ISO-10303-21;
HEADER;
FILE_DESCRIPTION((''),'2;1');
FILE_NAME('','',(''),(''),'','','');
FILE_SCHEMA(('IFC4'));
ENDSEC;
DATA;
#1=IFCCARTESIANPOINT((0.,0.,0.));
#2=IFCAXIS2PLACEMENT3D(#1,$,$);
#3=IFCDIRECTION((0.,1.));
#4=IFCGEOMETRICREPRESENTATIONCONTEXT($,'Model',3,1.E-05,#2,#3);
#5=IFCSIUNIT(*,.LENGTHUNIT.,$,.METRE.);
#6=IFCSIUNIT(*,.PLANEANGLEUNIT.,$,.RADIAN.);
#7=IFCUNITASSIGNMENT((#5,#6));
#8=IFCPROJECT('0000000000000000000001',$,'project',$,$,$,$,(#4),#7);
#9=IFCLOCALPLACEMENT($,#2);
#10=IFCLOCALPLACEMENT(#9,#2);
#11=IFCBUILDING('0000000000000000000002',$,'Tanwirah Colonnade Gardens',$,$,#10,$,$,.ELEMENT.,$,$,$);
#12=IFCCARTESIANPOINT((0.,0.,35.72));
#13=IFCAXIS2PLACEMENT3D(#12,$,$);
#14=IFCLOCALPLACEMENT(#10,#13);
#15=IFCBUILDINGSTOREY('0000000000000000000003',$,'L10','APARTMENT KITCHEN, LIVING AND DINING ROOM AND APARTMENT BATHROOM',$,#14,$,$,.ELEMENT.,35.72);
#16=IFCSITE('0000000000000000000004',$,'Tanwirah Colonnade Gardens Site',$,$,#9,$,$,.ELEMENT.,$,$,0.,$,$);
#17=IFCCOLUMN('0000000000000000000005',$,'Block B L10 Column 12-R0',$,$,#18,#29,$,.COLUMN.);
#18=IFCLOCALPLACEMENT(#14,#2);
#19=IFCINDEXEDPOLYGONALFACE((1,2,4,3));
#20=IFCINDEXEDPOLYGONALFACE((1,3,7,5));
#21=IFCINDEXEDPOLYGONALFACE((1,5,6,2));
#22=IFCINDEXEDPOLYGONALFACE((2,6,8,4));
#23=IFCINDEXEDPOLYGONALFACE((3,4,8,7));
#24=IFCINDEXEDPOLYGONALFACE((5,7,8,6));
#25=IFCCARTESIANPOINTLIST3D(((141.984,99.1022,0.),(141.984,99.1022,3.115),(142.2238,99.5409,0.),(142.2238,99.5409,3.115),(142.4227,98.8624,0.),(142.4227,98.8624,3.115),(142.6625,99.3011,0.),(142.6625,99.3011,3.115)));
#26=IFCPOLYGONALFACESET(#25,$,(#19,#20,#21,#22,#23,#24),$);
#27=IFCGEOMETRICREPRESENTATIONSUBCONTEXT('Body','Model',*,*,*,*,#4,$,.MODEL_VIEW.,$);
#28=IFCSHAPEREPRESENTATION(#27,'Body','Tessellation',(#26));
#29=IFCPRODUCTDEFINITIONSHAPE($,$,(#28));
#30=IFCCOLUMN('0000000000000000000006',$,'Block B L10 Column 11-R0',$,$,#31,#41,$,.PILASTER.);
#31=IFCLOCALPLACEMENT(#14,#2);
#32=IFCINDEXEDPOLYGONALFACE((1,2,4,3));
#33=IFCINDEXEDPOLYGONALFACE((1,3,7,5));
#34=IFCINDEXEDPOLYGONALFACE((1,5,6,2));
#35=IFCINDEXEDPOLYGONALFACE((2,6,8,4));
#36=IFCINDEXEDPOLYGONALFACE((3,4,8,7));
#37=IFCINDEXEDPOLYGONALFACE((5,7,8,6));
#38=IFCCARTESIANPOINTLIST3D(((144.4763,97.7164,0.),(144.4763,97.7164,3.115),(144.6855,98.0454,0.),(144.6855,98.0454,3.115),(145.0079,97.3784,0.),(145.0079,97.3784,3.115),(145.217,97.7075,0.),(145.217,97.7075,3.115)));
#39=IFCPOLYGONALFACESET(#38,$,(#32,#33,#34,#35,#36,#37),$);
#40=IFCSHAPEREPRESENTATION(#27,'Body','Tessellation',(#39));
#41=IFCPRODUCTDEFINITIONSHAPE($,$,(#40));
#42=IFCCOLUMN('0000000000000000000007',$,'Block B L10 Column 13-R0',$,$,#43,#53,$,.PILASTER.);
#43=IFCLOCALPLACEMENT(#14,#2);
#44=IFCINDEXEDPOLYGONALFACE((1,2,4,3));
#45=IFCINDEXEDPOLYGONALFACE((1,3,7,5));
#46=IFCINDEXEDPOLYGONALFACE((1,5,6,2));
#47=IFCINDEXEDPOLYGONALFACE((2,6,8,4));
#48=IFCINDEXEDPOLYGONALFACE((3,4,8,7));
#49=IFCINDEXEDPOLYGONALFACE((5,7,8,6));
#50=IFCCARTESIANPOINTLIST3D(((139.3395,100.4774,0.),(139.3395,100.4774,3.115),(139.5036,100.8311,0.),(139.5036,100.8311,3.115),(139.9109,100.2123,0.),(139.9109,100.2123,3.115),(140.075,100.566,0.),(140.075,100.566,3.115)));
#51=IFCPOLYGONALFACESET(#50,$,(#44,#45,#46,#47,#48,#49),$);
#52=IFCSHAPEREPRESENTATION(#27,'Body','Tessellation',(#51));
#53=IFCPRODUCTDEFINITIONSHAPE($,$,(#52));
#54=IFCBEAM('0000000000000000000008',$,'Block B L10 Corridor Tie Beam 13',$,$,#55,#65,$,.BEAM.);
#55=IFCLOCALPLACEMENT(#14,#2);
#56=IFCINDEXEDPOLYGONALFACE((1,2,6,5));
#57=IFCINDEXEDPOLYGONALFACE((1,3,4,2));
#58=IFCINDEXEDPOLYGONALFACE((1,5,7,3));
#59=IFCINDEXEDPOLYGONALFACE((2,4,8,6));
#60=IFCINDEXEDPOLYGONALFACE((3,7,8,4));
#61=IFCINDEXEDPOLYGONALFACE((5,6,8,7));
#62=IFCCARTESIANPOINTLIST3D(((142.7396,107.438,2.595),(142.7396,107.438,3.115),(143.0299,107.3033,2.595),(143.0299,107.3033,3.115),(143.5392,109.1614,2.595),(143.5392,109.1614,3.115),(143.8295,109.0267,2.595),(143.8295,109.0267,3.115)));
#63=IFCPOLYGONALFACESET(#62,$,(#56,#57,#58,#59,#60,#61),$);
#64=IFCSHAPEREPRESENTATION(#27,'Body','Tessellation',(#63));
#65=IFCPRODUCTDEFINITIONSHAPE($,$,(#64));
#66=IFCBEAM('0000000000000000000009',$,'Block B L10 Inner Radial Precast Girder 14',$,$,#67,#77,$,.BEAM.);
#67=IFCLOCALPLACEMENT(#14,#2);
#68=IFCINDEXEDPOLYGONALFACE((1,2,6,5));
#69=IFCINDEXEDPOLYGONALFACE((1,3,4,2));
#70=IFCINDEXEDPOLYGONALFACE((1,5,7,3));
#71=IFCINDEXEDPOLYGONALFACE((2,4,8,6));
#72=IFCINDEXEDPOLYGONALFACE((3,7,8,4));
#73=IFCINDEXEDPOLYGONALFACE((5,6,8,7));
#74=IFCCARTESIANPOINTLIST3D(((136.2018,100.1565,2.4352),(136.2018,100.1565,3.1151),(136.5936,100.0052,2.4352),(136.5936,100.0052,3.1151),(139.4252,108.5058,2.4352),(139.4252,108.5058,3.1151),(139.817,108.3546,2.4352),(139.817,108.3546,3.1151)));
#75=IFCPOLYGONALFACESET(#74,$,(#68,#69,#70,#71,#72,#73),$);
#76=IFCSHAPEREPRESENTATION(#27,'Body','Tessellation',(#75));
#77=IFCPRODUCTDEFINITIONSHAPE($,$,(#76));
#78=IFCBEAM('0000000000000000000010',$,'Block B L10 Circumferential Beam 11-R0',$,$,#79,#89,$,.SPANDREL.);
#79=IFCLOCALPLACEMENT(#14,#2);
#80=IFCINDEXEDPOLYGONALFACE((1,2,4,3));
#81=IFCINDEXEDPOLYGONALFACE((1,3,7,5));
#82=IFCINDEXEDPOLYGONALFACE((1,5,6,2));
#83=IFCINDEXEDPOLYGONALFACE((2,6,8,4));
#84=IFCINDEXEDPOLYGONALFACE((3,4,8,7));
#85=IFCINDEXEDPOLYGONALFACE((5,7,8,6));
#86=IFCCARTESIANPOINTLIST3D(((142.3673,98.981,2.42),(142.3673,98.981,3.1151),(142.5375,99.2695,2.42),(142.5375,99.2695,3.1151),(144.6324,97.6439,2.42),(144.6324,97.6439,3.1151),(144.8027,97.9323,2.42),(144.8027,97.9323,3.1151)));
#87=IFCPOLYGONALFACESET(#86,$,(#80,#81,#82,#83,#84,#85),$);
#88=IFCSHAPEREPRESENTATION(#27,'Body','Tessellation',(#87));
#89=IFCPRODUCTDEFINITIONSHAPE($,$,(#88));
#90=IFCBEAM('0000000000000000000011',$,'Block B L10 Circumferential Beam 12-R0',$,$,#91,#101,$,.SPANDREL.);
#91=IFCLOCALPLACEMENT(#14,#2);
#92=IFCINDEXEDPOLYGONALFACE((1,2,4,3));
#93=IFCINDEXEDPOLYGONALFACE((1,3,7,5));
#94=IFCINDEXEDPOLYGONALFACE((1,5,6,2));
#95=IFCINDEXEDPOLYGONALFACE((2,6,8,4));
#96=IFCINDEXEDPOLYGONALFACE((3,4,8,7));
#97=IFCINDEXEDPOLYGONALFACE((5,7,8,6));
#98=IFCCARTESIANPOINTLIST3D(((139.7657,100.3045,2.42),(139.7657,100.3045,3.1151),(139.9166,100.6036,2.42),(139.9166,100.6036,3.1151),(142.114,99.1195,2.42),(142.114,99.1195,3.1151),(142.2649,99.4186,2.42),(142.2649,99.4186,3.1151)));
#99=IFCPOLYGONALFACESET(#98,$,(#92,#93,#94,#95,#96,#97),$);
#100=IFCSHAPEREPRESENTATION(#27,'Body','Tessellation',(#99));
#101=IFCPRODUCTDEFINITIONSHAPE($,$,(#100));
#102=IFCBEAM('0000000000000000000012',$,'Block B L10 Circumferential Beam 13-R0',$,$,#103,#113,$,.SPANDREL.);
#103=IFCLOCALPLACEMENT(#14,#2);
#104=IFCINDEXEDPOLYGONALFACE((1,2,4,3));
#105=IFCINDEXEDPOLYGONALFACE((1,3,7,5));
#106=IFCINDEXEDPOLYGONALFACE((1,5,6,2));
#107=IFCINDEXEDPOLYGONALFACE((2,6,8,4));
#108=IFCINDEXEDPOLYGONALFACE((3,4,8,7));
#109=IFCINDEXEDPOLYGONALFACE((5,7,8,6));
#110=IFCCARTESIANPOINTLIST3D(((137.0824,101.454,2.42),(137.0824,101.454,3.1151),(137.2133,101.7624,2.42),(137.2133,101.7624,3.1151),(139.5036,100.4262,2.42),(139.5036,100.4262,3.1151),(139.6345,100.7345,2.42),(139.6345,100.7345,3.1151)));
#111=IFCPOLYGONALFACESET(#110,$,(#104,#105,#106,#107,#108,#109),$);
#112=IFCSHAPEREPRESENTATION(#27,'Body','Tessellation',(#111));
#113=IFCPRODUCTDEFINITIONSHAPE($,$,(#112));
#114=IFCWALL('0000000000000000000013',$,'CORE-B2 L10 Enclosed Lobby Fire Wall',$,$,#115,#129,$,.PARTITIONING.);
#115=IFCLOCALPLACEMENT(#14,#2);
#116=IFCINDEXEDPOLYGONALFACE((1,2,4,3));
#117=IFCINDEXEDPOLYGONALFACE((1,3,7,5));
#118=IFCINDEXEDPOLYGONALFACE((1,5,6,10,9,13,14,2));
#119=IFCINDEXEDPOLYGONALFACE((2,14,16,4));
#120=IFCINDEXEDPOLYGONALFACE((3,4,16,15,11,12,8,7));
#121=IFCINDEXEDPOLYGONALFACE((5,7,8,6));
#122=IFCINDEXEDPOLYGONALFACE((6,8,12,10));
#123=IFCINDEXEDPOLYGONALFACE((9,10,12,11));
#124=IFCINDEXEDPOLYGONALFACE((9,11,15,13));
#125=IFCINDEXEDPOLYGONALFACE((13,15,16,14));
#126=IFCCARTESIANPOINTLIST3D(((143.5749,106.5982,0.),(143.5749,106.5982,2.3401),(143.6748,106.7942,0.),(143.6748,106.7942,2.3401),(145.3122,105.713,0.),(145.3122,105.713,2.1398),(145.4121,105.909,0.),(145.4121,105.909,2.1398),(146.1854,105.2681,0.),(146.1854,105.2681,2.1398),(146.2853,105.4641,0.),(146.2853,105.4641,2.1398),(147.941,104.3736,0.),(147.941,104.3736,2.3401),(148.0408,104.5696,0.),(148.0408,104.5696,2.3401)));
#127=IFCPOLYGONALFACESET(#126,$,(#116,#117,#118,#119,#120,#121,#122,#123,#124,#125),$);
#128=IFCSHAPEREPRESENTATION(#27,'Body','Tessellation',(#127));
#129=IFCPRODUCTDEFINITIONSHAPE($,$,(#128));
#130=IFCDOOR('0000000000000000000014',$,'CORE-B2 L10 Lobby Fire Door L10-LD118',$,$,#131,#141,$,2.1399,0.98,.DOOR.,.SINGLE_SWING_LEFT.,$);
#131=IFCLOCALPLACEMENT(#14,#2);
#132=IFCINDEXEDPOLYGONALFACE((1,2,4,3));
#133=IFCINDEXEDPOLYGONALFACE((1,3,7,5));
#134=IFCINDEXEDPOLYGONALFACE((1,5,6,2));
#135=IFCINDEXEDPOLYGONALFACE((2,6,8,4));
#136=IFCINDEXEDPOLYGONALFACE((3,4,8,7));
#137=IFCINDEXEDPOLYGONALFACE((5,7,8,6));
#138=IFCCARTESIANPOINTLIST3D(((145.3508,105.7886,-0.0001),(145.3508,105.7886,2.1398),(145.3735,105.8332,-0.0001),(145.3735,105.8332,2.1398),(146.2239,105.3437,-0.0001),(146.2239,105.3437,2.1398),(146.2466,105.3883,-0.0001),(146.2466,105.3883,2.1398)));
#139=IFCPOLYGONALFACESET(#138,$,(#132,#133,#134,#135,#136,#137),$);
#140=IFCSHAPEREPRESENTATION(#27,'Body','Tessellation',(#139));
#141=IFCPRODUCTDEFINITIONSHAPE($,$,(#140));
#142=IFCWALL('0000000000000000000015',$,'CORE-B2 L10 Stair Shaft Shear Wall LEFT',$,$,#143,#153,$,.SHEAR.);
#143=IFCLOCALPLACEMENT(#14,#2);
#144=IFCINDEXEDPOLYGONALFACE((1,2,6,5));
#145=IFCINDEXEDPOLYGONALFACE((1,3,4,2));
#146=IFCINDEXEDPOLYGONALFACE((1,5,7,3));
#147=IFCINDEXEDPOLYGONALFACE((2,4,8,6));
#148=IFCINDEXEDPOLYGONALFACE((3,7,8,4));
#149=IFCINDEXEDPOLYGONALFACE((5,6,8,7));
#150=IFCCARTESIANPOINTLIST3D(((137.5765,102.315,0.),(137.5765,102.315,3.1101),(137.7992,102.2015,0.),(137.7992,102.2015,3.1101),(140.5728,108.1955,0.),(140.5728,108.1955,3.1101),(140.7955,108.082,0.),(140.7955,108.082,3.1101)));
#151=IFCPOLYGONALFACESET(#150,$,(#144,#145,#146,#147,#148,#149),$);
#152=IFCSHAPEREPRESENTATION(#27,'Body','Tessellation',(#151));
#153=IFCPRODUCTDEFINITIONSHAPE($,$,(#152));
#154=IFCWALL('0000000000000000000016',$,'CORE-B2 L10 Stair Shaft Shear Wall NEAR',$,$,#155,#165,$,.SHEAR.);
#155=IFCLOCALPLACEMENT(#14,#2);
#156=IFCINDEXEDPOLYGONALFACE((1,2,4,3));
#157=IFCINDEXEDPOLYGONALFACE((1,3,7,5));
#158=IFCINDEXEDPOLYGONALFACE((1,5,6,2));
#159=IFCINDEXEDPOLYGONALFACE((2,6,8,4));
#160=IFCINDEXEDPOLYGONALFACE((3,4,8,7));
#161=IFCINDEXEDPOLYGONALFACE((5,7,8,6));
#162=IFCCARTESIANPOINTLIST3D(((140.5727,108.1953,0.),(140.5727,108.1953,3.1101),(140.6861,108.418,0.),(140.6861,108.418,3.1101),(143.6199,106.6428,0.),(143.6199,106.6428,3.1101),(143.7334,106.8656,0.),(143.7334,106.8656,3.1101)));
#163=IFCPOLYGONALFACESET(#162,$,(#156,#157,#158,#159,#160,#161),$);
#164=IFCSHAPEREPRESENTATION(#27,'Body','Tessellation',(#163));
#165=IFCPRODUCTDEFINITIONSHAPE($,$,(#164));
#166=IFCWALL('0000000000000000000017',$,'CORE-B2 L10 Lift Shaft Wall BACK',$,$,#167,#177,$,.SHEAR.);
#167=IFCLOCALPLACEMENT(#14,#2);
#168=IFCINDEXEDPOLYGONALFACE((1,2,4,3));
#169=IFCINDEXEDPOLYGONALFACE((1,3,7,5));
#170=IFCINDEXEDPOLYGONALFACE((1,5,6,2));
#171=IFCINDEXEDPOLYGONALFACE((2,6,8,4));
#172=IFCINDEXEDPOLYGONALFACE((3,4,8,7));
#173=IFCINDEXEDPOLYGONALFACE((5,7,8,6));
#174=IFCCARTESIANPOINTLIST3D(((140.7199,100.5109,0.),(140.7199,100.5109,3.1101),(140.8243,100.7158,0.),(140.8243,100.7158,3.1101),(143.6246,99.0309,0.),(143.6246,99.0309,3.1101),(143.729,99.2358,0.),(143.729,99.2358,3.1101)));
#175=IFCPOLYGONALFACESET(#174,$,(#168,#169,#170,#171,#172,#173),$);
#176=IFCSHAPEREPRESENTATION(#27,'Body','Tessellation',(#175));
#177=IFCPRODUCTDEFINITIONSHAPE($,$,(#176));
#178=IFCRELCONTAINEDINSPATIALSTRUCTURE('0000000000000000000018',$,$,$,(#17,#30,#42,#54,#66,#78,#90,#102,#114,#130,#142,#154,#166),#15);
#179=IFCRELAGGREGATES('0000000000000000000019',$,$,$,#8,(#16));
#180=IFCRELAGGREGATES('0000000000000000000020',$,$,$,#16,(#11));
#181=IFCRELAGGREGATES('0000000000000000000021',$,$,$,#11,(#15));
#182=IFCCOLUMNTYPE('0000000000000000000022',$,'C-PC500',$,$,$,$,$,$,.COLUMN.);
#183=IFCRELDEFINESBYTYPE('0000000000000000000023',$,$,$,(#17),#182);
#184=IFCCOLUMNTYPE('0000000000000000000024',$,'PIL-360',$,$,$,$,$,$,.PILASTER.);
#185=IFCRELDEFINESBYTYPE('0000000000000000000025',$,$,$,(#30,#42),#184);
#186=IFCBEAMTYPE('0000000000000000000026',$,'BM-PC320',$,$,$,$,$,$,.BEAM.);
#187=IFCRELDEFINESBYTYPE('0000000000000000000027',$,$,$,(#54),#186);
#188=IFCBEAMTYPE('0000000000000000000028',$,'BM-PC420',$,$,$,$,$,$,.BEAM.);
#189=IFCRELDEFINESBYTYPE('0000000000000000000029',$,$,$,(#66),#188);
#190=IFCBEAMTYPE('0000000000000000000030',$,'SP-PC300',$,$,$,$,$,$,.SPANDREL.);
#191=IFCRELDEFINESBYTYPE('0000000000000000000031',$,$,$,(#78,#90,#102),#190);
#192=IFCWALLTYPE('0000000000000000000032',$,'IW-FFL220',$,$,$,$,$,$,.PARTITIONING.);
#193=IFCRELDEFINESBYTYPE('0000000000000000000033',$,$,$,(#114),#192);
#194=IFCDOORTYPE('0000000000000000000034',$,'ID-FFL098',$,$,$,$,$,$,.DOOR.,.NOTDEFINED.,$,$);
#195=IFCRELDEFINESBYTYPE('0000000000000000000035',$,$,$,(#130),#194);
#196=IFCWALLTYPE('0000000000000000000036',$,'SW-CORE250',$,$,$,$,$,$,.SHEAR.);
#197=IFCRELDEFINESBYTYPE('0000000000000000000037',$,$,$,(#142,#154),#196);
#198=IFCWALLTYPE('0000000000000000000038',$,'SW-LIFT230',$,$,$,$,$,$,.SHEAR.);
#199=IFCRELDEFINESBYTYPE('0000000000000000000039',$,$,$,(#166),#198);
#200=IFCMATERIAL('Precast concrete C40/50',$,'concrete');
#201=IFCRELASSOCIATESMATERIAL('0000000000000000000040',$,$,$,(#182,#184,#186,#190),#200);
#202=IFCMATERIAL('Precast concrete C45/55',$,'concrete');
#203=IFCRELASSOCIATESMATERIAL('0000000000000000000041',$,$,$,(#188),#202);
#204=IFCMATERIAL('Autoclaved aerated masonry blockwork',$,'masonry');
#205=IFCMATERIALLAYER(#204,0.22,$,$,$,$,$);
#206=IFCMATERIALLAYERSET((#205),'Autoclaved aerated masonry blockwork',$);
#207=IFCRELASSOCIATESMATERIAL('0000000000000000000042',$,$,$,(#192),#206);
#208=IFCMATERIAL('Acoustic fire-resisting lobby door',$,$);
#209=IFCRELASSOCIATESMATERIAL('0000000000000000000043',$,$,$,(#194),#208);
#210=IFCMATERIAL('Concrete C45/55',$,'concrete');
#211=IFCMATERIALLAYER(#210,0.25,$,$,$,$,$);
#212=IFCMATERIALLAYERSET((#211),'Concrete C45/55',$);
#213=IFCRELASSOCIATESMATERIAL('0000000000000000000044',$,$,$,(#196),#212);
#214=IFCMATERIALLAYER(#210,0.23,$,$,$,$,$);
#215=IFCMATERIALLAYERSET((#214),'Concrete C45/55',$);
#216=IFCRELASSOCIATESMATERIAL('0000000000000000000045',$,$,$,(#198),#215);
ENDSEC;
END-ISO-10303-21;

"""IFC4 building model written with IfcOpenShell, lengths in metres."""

from ifc_helpers import new_model, si_unit, direction, frame, frame_2d, origin, origin_2d, place, context, subcontext, project, spatial, rectangle, extrude, material, layer, layer_set, material_profile, profile_set, type_object, element, fill, save


model = new_model("IFC4")

# Units and contexts
model_context = context("Model", 3, precision=1e-05, world=origin(), true_north=direction((0.0, 1.0)))
body_context = subcontext(model_context, "Body", "Model", "MODEL_VIEW")
ifc_project = project(units=[si_unit("LENGTHUNIT", "METRE"), si_unit("PLANEANGLEUNIT", "RADIAN")], contexts=[model_context])

# Site, building, storey
site_placement = place(None, origin())
site = spatial("IfcSite", under=ifc_project, at=site_placement, Name="Tanwirah Colonnade Gardens Site", CompositionType="ELEMENT", RefElevation=0.0)
building_placement = place(site_placement, origin())
building = spatial("IfcBuilding", under=site, at=building_placement, Name="Tanwirah Colonnade Gardens", CompositionType="ELEMENT")
storey_placement = place(building_placement, frame((0.0, 0.0, 35.72)))
storey = spatial("IfcBuildingStorey", under=building, at=storey_placement, Name="L10", Description="APARTMENT KITCHEN, LIVING AND DINING ROOM AND APARTMENT BATHROOM", CompositionType="ELEMENT", Elevation=35.72)

# Columns
ifc_material_1 = material(Name="Precast concrete C40/50", Category="concrete")
ifc_material_profile_1 = material_profile(ifc_material_1, rectangle(XDim=0.5, YDim=0.5, at=origin_2d()), Name="PC-COL 500x500")
ifc_profile_set_1 = profile_set([ifc_material_profile_1], Name="Precast concrete C40/50")
column_type_1 = type_object("IfcColumnType", Name="C-PC500", PredefinedType="COLUMN", material=ifc_profile_set_1)
column_placement = place(storey_placement, frame((142.3232, 99.2017, 0.0), z_axis=(0.0, 0.0, 1.0), x_axis=(0.479713, 0.877425, 0.0)))
element("IfcColumn", 1, at=column_placement, inside=storey, type_object=column_type_1, Name="Block B L10 Column 12-R0", PredefinedType="COLUMN", context=body_context, shape_type="SweptSolid", body=[
    extrude(rectangle(XDim=0.5, YDim=0.5, at=origin_2d()), origin(), (0.0, 0.0, 1.0), 3.115),
])
ifc_material_profile_2 = material_profile(ifc_material_1, rectangle(XDim=0.3899, YDim=0.6299, at=origin_2d()), Name="PC-PIL 390x630")
ifc_profile_set_2 = profile_set([ifc_material_profile_2], Name="Precast concrete C40/50")
column_type_2 = type_object("IfcColumnType", Name="PIL-360", PredefinedType="PILASTER", material=ifc_profile_set_2)
for number, where, z_axis, x_axis, name in (
    (2, (144.8467, 97.7119, 0.0), (0.0, 0.0, 1.0), (0.536482, 0.843912, 0.0), "Block B L10 Column 11-R0"),
    (3, (139.7073, 100.5217, 0.0), (0.0, 0.0, 1.0), (0.42086, 0.907126, 0.0), "Block B L10 Column 13-R0"),
):
    element("IfcColumn", number, at=place(storey_placement, frame(where, z_axis=z_axis, x_axis=x_axis)), inside=storey, type_object=column_type_2, Name=name, PredefinedType="PILASTER", context=body_context, shape_type="SweptSolid", body=[
        extrude(rectangle(XDim=0.3899, YDim=0.6299, at=origin_2d()), origin(), (0.0, 0.0, 1.0), 3.115),
    ])

# Beams
ifc_material_profile_3 = material_profile(ifc_material_1, rectangle(XDim=0.3201, YDim=0.52, at=origin_2d()), Name="PC-BM 320x520")
ifc_profile_set_3 = profile_set([ifc_material_profile_3], Name="Precast concrete C40/50")
beam_type_1 = type_object("IfcBeamType", Name="BM-PC320", PredefinedType="BEAM", material=ifc_profile_set_3)
beam_1_placement = place(storey_placement, frame((142.8848, 107.3706, 2.855), z_axis=(0.420858, 0.907126, 0.0), x_axis=(-0.907126, 0.420858, 0.0)))
element("IfcBeam", 4, at=beam_1_placement, inside=storey, type_object=beam_type_1, Name="Block B L10 Corridor Tie Beam 13", PredefinedType="BEAM", context=body_context, shape_type="SweptSolid", body=[
    extrude(rectangle(XDim=0.3201, YDim=0.52, at=origin_2d()), origin(), (0.0, 0.0, 1.0), 1.8999),
])
ifc_material_2 = material(Name="Precast concrete C45/55", Category="concrete")
ifc_material_profile_4 = material_profile(ifc_material_2, rectangle(XDim=0.4199, YDim=0.6799, at=origin_2d()), Name="PC-BM 420x680")
ifc_profile_set_4 = profile_set([ifc_material_profile_4], Name="Precast concrete C45/55")
beam_type_2 = type_object("IfcBeamType", Name="BM-PC420", PredefinedType="BEAM", material=ifc_profile_set_4)
beam_2_placement = place(storey_placement, frame((139.6211, 108.4302, 2.7751), z_axis=(-0.360156, -0.932892, 0.0), x_axis=(0.932892, -0.360156, 0.0)))
element("IfcBeam", 5, at=beam_2_placement, inside=storey, type_object=beam_type_2, Name="Block B L10 Inner Radial Precast Girder 14", PredefinedType="BEAM", context=body_context, shape_type="SweptSolid", body=[
    extrude(rectangle(XDim=0.4199, YDim=0.6799, at=origin_2d()), origin(), (0.0, 0.0, 1.0), 8.95),
])
ifc_material_profile_5 = material_profile(ifc_material_1, rectangle(XDim=0.335, YDim=0.6951, at=origin_2d()), Name="PC-SP 335x695")
ifc_profile_set_5 = profile_set([ifc_material_profile_5], Name="Precast concrete C40/50")
beam_type_3 = type_object("IfcBeamType", Name="SP-PC300", PredefinedType="SPANDREL", material=ifc_profile_set_5)
for number, where, z_axis, x_axis, name in (
    (6, (144.7175, 97.7881, 2.7676), (-0.861148, 0.508354, 0.0), (-0.508354, -0.861148, 0.0), "Block B L10 Circumferential Beam 11-R0"),
    (7, (142.1895, 99.269, 2.7676), (-0.892769, 0.450515, 0.0), (-0.450515, -0.892769, 0.0), "Block B L10 Circumferential Beam 12-R0"),
    (8, (139.5691, 100.5803, 2.7676), (-0.920489, 0.390769, 0.0), (-0.390769, -0.920489, 0.0), "Block B L10 Circumferential Beam 13-R0"),
):
    element("IfcBeam", number, at=place(storey_placement, frame(where, z_axis=z_axis, x_axis=x_axis)), inside=storey, type_object=beam_type_3, Name=name, PredefinedType="SPANDREL", context=body_context, shape_type="SweptSolid", body=[
        extrude(rectangle(XDim=0.335, YDim=0.6951, at=origin_2d()), origin(), (0.0, 0.0, 1.0), 2.6304),
    ])

# Wall, opening, door
ifc_material_3 = material(Name="Autoclaved aerated masonry blockwork", Category="masonry")
ifc_layer_1 = layer(ifc_material_3, 0.22)
ifc_layer_set_1 = layer_set([ifc_layer_1], Name="Autoclaved aerated masonry blockwork")
wall_type_1 = type_object("IfcWallType", Name="IW-FFL220", PredefinedType="PARTITIONING", material=ifc_layer_set_1)
wall_1_placement = place(storey_placement, frame((143.6248, 106.6963, 0.0), z_axis=(0.0, 0.0, 1.0), x_axis=(0.891003, -0.453997, 0.0)))
wall_1 = element("IfcWall", 9, at=wall_1_placement, inside=storey, type_object=wall_type_1, Name="CORE-B2 L10 Enclosed Lobby Fire Wall", PredefinedType="PARTITIONING", context=body_context, shape_type="SweptSolid", body=[
    extrude(rectangle(XDim=4.9001, YDim=0.22, at=frame_2d((2.4502, 0.0))), origin(), (0.0, 0.0, 1.0), 2.3401),
])
opening_1_placement = place(wall_1_placement, frame((1.95, 0.0, 0.0)))
opening_1 = element("IfcOpeningElement", 10, at=opening_1_placement, cuts=wall_1, PredefinedType="OPENING", context=body_context, shape_type="SweptSolid", body=[
    extrude(rectangle(XDim=0.98, YDim=2.1399, at=frame_2d((0.49, 1.0698))), frame((0.0, 0.1199, 0.0), z_axis=(0.0, -1.0, 0.0), x_axis=(1.0, 0.0, 0.0)), (0.0, 0.0, 1.0), 0.24),
])
ifc_material_4 = material(Name="Acoustic fire-resisting lobby door")
door_type_1 = type_object("IfcDoorType", Name="ID-FFL098", OperationType="NOTDEFINED", PredefinedType="DOOR", material=ifc_material_4)
door_1_placement = place(opening_1_placement, origin())
door_1 = element("IfcDoor", 11, at=door_1_placement, inside=storey, type_object=door_type_1, Name="CORE-B2 L10 Lobby Fire Door L10-LD118", OperationType="SINGLE_SWING_LEFT", OverallHeight=2.1399, OverallWidth=0.98, PredefinedType="DOOR", context=body_context, shape_type="SweptSolid", body=[
    extrude(rectangle(XDim=0.98, YDim=2.1399, at=frame_2d((0.49, 1.0698))), frame((0.0, 0.0249, 0.0), z_axis=(0.0, -1.0, 0.0), x_axis=(1.0, 0.0, 0.0)), (0.0, 0.0, 1.0), 0.05),
])
fill(opening_1, door_1)

# Walls
ifc_material_5 = material(Name="Concrete C45/55", Category="concrete")
ifc_layer_2 = layer(ifc_material_5, 0.25)
ifc_layer_set_2 = layer_set([ifc_layer_2], Name="Concrete C45/55")
wall_type_2 = type_object("IfcWallType", Name="SW-CORE250", PredefinedType="SHEAR", material=ifc_layer_set_2)
wall_2_placement = place(storey_placement, frame((140.6841, 108.1387, 0.0), z_axis=(0.0, 0.0, 1.0), x_axis=(-0.453992, -0.891006, 0.0)))
element("IfcWall", 12, at=wall_2_placement, inside=storey, type_object=wall_type_2, Name="CORE-B2 L10 Stair Shaft Shear Wall LEFT", PredefinedType="SHEAR", context=body_context, shape_type="SweptSolid", body=[
    extrude(rectangle(XDim=6.5999, YDim=0.25, at=frame_2d((3.2998, 0.0))), origin(), (0.0, 0.0, 1.0), 3.1101),
])
wall_3_placement = place(storey_placement, frame((140.6294, 108.3066, 0.0), z_axis=(0.0, 0.0, 1.0), x_axis=(0.891032, -0.45394, 0.0)))
element("IfcWall", 13, at=wall_3_placement, inside=storey, type_object=wall_type_2, Name="CORE-B2 L10 Stair Shaft Shear Wall NEAR", PredefinedType="SHEAR", context=body_context, shape_type="SweptSolid", body=[
    extrude(rectangle(XDim=3.4199, YDim=0.25, at=frame_2d((1.71, 0.0))), origin(), (0.0, 0.0, 1.0), 3.1101),
])

# Shared definitions
ifc_layer_3 = layer(ifc_material_5, 0.23)
ifc_layer_set_3 = layer_set([ifc_layer_3], Name="Concrete C45/55")
wall_type_3 = type_object("IfcWallType", Name="SW-LIFT230", PredefinedType="SHEAR", material=ifc_layer_set_3)

# Wall
wall_4_placement = place(storey_placement, frame((140.7722, 100.6133, 0.0), z_axis=(0.0, 0.0, 1.0), x_axis=(0.891017, -0.453971, 0.0)))
element("IfcWall", 14, at=wall_4_placement, inside=storey, type_object=wall_type_3, Name="CORE-B2 L10 Lift Shaft Wall BACK", PredefinedType="SHEAR", context=body_context, shape_type="SweptSolid", body=[
    extrude(rectangle(XDim=3.26, YDim=0.23, at=frame_2d((1.6299, 0.0))), origin(), (0.0, 0.0, 1.0), 3.1101),
])

save(model, "model.ifc")
